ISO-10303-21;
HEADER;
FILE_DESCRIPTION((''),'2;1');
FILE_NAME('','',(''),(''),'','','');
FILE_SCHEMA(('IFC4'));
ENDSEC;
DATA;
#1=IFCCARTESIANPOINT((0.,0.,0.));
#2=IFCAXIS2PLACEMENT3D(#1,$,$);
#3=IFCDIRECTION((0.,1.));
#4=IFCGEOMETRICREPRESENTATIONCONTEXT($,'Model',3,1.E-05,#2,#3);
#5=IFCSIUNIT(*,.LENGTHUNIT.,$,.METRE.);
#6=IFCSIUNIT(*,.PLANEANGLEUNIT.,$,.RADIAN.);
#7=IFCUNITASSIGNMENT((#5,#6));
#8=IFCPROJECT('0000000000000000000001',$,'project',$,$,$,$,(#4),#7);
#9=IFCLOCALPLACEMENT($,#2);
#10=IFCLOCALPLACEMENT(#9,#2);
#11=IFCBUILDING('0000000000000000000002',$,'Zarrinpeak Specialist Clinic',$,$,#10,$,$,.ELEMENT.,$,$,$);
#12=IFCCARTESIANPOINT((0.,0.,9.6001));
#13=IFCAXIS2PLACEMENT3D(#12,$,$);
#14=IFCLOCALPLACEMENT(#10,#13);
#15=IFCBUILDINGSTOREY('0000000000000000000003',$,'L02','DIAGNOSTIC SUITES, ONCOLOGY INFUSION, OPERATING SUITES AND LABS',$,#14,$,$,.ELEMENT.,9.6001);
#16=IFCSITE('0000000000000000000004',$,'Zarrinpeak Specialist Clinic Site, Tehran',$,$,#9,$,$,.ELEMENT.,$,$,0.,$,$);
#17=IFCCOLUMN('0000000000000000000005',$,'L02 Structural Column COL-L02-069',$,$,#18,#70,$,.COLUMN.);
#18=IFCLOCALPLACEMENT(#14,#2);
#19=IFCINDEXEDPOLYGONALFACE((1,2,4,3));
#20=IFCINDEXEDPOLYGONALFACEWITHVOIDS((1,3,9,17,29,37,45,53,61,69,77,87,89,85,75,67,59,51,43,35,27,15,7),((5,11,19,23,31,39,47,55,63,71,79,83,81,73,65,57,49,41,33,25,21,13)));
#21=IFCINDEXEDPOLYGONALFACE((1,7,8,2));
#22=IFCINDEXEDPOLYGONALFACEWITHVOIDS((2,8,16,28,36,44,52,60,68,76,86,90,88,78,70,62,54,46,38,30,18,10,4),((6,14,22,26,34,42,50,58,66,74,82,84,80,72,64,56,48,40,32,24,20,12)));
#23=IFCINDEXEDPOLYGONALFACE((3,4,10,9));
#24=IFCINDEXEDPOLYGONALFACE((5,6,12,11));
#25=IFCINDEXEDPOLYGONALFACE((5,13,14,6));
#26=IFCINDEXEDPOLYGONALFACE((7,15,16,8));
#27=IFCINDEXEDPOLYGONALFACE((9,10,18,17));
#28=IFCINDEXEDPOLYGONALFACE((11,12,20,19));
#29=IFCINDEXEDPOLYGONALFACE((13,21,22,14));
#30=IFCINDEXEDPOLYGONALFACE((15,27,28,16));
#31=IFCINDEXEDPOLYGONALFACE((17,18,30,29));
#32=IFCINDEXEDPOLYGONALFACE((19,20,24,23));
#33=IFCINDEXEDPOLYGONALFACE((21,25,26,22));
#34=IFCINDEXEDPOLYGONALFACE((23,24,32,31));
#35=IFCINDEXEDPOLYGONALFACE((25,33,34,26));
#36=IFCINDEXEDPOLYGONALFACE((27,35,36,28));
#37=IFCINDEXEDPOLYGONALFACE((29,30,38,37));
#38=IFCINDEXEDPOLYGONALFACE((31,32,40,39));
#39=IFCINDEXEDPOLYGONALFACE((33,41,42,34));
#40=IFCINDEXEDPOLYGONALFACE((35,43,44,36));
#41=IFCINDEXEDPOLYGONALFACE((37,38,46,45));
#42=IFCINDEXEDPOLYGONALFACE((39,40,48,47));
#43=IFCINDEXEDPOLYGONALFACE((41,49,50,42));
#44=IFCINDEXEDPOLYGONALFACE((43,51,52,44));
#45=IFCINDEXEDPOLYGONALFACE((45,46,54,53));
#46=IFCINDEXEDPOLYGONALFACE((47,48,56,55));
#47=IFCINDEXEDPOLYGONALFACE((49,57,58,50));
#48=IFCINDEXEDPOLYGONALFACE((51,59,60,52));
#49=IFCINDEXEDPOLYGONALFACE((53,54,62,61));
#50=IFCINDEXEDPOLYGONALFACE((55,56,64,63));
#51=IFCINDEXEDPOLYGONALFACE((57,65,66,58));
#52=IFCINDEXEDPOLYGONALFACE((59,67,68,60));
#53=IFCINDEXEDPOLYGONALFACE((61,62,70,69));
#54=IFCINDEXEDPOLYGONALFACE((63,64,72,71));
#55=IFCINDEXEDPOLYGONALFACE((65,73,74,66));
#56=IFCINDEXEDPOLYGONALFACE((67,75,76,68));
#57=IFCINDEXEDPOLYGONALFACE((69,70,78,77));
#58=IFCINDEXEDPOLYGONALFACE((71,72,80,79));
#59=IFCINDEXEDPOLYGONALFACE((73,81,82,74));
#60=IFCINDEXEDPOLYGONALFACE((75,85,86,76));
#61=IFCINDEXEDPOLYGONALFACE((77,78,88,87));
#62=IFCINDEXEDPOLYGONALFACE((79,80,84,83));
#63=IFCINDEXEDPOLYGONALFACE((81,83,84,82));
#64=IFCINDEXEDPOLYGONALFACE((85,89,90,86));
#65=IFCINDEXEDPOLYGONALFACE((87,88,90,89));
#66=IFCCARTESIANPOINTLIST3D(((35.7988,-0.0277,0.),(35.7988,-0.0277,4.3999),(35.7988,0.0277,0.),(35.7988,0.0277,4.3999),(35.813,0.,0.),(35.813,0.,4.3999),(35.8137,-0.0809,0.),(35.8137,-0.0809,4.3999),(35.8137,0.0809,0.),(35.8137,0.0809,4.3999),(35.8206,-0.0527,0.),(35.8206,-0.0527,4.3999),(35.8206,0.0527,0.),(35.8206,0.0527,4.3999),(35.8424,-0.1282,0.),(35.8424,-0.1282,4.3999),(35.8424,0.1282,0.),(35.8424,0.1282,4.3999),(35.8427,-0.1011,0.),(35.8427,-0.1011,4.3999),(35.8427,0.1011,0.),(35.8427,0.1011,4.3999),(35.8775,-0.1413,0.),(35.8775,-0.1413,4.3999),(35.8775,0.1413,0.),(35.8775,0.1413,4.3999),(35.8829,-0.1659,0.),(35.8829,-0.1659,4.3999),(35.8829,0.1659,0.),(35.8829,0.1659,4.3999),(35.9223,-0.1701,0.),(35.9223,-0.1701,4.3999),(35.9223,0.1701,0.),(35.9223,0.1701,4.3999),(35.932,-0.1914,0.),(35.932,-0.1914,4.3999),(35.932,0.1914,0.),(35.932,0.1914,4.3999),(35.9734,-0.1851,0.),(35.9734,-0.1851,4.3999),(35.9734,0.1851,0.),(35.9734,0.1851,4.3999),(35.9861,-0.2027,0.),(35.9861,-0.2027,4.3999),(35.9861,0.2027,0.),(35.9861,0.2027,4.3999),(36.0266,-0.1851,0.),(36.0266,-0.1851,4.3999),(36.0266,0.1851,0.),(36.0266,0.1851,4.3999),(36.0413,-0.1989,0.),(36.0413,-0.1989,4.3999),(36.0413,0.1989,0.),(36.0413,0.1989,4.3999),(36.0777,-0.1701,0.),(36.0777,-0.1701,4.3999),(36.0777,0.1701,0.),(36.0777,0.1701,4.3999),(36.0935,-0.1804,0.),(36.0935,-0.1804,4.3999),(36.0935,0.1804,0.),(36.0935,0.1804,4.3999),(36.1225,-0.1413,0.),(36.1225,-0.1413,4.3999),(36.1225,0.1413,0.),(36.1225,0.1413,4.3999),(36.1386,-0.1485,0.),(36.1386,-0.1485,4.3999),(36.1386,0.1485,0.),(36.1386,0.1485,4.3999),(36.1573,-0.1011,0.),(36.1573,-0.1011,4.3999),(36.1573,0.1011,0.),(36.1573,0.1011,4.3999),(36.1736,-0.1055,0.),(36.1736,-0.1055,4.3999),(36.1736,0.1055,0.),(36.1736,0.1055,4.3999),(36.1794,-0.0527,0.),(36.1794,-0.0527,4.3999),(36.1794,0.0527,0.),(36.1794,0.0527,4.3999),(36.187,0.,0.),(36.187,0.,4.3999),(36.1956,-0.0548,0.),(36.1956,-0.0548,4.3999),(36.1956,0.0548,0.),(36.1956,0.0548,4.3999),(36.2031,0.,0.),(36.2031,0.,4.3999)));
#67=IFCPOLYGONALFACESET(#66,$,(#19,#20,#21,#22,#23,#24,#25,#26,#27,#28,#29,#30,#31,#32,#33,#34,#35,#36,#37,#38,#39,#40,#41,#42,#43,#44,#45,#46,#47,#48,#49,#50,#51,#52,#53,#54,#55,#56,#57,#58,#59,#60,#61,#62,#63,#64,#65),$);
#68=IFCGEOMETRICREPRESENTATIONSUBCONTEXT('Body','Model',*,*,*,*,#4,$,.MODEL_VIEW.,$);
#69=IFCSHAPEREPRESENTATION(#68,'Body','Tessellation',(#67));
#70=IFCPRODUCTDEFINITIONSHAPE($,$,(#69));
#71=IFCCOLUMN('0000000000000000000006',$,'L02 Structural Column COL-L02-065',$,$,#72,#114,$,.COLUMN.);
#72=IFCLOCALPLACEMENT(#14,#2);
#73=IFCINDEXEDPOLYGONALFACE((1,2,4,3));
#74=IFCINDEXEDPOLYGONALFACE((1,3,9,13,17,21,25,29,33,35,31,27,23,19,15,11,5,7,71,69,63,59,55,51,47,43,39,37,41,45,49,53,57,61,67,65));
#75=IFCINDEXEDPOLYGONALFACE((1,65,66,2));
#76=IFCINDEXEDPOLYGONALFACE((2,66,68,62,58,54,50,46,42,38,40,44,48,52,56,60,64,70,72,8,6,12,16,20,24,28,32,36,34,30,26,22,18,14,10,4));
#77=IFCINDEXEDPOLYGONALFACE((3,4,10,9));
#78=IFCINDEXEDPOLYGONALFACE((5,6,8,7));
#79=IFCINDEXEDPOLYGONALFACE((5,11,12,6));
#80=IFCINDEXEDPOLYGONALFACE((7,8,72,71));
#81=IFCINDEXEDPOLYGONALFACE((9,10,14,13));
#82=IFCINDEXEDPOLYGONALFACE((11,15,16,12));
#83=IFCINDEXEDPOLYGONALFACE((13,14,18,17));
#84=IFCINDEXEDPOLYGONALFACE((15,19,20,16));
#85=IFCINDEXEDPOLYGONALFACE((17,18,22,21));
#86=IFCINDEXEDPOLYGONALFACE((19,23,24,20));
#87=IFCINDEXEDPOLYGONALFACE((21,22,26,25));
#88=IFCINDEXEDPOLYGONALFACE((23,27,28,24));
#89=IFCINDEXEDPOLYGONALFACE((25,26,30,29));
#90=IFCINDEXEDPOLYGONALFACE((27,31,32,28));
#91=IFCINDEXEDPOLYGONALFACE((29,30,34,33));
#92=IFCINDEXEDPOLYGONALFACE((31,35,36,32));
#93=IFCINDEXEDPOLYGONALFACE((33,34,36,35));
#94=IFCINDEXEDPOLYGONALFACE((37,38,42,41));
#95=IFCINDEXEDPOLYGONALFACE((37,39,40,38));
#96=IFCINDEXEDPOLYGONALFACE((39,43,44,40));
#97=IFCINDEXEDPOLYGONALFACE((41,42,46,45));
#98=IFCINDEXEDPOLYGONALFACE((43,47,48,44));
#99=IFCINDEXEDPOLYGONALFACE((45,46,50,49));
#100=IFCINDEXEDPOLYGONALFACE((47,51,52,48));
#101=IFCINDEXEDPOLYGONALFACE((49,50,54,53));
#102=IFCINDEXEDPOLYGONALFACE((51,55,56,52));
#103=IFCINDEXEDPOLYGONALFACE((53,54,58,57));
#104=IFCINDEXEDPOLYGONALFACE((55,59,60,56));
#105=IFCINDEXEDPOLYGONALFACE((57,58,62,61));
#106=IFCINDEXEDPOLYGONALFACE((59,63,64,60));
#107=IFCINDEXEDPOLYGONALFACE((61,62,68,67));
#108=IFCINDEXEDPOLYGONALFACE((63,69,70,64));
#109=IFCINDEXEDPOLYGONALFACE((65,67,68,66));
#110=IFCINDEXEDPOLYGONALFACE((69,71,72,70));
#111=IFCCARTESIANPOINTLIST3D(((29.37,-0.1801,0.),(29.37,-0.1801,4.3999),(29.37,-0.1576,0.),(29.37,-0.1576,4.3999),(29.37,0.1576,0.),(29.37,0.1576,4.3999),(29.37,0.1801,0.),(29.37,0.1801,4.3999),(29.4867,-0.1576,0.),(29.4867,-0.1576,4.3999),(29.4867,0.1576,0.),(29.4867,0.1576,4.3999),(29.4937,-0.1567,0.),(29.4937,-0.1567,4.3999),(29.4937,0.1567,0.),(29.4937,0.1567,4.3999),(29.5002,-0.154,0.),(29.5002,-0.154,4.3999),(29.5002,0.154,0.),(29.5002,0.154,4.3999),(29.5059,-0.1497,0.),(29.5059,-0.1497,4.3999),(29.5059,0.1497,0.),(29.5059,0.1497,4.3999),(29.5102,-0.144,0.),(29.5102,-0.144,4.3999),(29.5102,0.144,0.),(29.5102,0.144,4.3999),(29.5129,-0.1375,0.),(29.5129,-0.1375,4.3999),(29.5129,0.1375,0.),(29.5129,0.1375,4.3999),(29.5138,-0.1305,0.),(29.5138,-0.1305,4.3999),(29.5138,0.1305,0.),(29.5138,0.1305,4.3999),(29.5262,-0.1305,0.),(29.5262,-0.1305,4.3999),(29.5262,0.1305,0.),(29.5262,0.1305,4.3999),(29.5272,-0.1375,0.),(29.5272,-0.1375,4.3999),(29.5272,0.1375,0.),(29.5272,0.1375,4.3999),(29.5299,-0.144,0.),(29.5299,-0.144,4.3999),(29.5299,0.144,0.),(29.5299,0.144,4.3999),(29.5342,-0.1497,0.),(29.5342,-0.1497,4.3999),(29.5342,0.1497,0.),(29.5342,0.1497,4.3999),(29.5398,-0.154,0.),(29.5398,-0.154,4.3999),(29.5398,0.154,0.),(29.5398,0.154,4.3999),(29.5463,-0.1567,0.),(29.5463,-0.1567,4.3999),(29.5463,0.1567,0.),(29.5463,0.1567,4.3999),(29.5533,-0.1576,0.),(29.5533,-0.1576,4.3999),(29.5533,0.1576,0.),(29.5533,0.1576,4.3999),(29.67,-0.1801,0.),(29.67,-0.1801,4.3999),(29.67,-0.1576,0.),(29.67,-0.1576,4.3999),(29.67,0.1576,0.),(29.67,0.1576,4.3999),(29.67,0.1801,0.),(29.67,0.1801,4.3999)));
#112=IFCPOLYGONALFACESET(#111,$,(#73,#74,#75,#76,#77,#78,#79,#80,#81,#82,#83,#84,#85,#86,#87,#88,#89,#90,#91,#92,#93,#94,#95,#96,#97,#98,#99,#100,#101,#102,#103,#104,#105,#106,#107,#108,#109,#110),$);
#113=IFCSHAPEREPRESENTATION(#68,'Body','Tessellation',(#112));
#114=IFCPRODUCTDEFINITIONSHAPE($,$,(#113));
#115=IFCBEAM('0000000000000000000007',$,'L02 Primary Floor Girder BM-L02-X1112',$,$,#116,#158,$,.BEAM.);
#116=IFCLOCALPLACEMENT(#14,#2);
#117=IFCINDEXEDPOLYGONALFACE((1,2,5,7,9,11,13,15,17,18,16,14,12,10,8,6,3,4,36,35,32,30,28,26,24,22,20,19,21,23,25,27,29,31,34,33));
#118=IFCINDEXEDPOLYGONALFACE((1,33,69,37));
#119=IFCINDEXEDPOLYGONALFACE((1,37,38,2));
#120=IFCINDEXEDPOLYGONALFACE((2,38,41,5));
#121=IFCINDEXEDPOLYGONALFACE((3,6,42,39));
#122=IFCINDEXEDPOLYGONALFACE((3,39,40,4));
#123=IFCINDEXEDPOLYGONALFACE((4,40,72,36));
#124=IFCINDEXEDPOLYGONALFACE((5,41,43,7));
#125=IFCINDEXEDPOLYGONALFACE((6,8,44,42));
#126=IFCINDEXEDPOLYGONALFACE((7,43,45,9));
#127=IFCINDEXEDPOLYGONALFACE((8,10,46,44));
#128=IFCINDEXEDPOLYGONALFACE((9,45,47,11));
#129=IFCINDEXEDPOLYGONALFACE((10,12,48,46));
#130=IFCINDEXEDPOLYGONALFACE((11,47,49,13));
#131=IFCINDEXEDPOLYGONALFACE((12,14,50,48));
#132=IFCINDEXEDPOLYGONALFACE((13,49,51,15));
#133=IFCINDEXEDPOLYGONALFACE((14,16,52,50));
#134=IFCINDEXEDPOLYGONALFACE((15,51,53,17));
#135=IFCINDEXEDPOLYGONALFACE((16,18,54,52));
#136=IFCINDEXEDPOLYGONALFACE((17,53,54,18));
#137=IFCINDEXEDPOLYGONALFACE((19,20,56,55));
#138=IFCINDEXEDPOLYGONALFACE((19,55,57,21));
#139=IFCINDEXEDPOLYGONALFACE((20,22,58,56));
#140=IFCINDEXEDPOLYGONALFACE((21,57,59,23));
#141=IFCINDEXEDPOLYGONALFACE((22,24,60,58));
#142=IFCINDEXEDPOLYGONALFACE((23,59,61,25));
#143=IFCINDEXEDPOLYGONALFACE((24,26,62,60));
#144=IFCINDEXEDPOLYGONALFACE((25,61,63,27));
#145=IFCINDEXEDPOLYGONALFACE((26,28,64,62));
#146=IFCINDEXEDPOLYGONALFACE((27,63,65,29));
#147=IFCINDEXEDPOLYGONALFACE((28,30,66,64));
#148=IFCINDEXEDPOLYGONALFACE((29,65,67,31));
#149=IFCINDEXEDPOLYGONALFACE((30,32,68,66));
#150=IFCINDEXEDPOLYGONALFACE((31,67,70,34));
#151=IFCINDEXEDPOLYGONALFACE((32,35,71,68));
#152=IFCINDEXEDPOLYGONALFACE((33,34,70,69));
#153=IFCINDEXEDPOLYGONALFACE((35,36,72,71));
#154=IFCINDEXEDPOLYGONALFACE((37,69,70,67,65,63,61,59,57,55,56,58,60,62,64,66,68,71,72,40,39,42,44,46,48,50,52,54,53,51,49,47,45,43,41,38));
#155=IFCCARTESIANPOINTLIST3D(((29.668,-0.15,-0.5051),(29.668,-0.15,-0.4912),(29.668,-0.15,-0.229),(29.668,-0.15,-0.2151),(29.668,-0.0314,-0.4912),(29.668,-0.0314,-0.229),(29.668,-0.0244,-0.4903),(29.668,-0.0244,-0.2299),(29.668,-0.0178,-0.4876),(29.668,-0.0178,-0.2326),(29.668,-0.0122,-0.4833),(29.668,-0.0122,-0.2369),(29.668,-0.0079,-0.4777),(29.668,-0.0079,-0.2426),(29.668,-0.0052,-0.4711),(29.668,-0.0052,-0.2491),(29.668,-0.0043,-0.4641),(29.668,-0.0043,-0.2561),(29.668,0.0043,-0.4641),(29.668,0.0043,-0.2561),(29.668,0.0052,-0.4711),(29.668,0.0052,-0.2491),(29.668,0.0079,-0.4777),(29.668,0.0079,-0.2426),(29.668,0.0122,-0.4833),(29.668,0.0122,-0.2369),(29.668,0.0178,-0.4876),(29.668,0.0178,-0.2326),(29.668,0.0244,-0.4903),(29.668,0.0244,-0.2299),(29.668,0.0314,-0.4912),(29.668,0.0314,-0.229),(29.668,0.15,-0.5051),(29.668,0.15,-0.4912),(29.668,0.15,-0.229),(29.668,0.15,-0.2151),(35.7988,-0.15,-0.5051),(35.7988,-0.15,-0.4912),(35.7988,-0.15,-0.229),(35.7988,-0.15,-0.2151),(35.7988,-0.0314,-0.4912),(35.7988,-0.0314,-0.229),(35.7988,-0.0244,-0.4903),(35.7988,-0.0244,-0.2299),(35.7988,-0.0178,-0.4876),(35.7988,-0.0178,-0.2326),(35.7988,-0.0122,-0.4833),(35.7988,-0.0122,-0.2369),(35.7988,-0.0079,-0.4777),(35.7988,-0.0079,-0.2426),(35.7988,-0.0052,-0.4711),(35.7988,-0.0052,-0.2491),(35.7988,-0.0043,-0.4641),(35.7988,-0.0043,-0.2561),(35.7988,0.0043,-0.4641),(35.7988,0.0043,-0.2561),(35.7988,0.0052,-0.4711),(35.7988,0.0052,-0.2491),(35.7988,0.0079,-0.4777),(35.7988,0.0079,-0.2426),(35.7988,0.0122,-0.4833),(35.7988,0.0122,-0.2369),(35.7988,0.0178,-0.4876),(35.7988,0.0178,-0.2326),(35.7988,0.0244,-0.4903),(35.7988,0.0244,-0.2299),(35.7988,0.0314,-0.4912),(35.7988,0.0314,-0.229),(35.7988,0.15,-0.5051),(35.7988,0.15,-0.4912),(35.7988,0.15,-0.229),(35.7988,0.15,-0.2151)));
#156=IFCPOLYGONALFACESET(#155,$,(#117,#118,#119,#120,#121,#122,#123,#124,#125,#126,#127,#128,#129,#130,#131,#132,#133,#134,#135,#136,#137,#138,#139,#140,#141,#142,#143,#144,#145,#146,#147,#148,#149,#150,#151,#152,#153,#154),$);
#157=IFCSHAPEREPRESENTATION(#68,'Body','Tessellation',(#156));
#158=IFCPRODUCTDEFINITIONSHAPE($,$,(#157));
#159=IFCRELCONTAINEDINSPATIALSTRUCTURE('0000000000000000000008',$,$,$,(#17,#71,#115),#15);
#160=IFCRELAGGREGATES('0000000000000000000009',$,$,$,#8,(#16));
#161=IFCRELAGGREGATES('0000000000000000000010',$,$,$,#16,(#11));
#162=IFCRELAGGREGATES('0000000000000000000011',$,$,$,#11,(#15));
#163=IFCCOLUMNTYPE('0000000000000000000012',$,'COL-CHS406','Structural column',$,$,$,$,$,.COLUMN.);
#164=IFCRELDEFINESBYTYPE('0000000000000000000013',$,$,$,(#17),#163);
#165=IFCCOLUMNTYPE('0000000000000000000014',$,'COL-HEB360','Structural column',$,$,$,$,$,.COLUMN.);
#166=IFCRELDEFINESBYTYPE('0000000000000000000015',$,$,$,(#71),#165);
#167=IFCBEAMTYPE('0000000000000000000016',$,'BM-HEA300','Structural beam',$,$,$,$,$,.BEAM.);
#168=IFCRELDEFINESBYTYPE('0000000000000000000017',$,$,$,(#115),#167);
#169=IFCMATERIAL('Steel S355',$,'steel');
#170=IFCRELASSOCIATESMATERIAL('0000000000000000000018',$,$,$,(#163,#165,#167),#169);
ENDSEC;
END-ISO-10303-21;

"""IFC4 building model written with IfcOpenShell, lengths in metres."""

from ifc_helpers import new_model, si_unit, direction, frame, origin, origin_2d, place, context, subcontext, project, spatial, hollow_circle, i_section, extrude, material, material_profile, profile_set, type_object, element, save


model = new_model("IFC4")

# Units and contexts
model_context = context("Model", 3, precision=1e-05, world=origin(), true_north=direction((0.0, 1.0)))
body_context = subcontext(model_context, "Body", "Model", "MODEL_VIEW")
ifc_project = project(units=[si_unit("LENGTHUNIT", "METRE"), si_unit("PLANEANGLEUNIT", "RADIAN")], contexts=[model_context])

# Site, building, storey
site_placement = place(None, origin())
site = spatial("IfcSite", under=ifc_project, at=site_placement, Name="Zarrinpeak Specialist Clinic Site, Tehran", CompositionType="ELEMENT", RefElevation=0.0)
building_placement = place(site_placement, origin())
building = spatial("IfcBuilding", under=site, at=building_placement, Name="Zarrinpeak Specialist Clinic", CompositionType="ELEMENT")
storey_placement = place(building_placement, frame((0.0, 0.0, 9.6001)))
storey = spatial("IfcBuildingStorey", under=building, at=storey_placement, Name="L02", Description="DIAGNOSTIC SUITES, ONCOLOGY INFUSION, OPERATING SUITES AND LABS", CompositionType="ELEMENT", Elevation=9.6001)

# Columns
ifc_material_1 = material(Name="Steel S355", Category="steel")
ifc_material_profile_1 = material_profile(ifc_material_1, hollow_circle(Radius=0.2031, WallThickness=0.0161, at=origin_2d()), Name="CHS 406.4x16.0")
ifc_profile_set_1 = profile_set([ifc_material_profile_1], Name="Steel S355")
column_type_1 = type_object("IfcColumnType", Name="COL-CHS406", Description="Structural column", PredefinedType="COLUMN", material=ifc_profile_set_1)
column_1_placement = place(storey_placement, frame((36.0, 0.0, 0.0), z_axis=(0.0, 0.0, 1.0), x_axis=(1.0, 0.0, 0.0)))
element("IfcColumn", 1, at=column_1_placement, inside=storey, type_object=column_type_1, Name="L02 Structural Column COL-L02-069", PredefinedType="COLUMN", context=body_context, shape_type="SweptSolid", body=[
    extrude(hollow_circle(Radius=0.2031, WallThickness=0.0161, at=origin_2d()), origin(), (0.0, 0.0, 1.0), 4.3999),
])
ifc_material_profile_2 = material_profile(ifc_material_1, i_section(OverallWidth=0.3, OverallDepth=0.3601, WebThickness=0.0125, FlangeThickness=0.0225, FilletRadius=0.0271, at=origin_2d()), Name="HEB 360")
ifc_profile_set_2 = profile_set([ifc_material_profile_2], Name="Steel S355")
column_type_2 = type_object("IfcColumnType", Name="COL-HEB360", Description="Structural column", PredefinedType="COLUMN", material=ifc_profile_set_2)
column_2_placement = place(storey_placement, frame((29.52, 0.0, 0.0), z_axis=(0.0, 0.0, 1.0), x_axis=(1.0, 0.0, 0.0)))
element("IfcColumn", 2, at=column_2_placement, inside=storey, type_object=column_type_2, Name="L02 Structural Column COL-L02-065", PredefinedType="COLUMN", context=body_context, shape_type="SweptSolid", body=[
    extrude(i_section(OverallWidth=0.3, OverallDepth=0.3601, WebThickness=0.0125, FlangeThickness=0.0225, FilletRadius=0.0271, at=origin_2d()), origin(), (0.0, 0.0, 1.0), 4.3999),
])

# Beam
ifc_material_profile_3 = material_profile(ifc_material_1, i_section(OverallWidth=0.3, OverallDepth=0.29, WebThickness=0.0085, FlangeThickness=0.0139, FilletRadius=0.0271, at=origin_2d()), Name="HEA 300")
ifc_profile_set_3 = profile_set([ifc_material_profile_3], Name="Steel S355")
beam_type_1 = type_object("IfcBeamType", Name="BM-HEA300", Description="Structural beam", PredefinedType="BEAM", material=ifc_profile_set_3)
beam_1_placement = place(storey_placement, frame((29.668, 0.0, -0.3601), z_axis=(1.0, 0.0, 0.0), x_axis=(0.0, 1.0, 0.0)))
element("IfcBeam", 3, at=beam_1_placement, inside=storey, type_object=beam_type_1, Name="L02 Primary Floor Girder BM-L02-X1112", PredefinedType="BEAM", context=body_context, shape_type="SweptSolid", body=[
    extrude(i_section(OverallWidth=0.3, OverallDepth=0.29, WebThickness=0.0085, FlangeThickness=0.0139, FilletRadius=0.0271, at=origin_2d()), origin(), (0.0, 0.0, 1.0), 6.1309),
])

save(model, "model.ifc")
